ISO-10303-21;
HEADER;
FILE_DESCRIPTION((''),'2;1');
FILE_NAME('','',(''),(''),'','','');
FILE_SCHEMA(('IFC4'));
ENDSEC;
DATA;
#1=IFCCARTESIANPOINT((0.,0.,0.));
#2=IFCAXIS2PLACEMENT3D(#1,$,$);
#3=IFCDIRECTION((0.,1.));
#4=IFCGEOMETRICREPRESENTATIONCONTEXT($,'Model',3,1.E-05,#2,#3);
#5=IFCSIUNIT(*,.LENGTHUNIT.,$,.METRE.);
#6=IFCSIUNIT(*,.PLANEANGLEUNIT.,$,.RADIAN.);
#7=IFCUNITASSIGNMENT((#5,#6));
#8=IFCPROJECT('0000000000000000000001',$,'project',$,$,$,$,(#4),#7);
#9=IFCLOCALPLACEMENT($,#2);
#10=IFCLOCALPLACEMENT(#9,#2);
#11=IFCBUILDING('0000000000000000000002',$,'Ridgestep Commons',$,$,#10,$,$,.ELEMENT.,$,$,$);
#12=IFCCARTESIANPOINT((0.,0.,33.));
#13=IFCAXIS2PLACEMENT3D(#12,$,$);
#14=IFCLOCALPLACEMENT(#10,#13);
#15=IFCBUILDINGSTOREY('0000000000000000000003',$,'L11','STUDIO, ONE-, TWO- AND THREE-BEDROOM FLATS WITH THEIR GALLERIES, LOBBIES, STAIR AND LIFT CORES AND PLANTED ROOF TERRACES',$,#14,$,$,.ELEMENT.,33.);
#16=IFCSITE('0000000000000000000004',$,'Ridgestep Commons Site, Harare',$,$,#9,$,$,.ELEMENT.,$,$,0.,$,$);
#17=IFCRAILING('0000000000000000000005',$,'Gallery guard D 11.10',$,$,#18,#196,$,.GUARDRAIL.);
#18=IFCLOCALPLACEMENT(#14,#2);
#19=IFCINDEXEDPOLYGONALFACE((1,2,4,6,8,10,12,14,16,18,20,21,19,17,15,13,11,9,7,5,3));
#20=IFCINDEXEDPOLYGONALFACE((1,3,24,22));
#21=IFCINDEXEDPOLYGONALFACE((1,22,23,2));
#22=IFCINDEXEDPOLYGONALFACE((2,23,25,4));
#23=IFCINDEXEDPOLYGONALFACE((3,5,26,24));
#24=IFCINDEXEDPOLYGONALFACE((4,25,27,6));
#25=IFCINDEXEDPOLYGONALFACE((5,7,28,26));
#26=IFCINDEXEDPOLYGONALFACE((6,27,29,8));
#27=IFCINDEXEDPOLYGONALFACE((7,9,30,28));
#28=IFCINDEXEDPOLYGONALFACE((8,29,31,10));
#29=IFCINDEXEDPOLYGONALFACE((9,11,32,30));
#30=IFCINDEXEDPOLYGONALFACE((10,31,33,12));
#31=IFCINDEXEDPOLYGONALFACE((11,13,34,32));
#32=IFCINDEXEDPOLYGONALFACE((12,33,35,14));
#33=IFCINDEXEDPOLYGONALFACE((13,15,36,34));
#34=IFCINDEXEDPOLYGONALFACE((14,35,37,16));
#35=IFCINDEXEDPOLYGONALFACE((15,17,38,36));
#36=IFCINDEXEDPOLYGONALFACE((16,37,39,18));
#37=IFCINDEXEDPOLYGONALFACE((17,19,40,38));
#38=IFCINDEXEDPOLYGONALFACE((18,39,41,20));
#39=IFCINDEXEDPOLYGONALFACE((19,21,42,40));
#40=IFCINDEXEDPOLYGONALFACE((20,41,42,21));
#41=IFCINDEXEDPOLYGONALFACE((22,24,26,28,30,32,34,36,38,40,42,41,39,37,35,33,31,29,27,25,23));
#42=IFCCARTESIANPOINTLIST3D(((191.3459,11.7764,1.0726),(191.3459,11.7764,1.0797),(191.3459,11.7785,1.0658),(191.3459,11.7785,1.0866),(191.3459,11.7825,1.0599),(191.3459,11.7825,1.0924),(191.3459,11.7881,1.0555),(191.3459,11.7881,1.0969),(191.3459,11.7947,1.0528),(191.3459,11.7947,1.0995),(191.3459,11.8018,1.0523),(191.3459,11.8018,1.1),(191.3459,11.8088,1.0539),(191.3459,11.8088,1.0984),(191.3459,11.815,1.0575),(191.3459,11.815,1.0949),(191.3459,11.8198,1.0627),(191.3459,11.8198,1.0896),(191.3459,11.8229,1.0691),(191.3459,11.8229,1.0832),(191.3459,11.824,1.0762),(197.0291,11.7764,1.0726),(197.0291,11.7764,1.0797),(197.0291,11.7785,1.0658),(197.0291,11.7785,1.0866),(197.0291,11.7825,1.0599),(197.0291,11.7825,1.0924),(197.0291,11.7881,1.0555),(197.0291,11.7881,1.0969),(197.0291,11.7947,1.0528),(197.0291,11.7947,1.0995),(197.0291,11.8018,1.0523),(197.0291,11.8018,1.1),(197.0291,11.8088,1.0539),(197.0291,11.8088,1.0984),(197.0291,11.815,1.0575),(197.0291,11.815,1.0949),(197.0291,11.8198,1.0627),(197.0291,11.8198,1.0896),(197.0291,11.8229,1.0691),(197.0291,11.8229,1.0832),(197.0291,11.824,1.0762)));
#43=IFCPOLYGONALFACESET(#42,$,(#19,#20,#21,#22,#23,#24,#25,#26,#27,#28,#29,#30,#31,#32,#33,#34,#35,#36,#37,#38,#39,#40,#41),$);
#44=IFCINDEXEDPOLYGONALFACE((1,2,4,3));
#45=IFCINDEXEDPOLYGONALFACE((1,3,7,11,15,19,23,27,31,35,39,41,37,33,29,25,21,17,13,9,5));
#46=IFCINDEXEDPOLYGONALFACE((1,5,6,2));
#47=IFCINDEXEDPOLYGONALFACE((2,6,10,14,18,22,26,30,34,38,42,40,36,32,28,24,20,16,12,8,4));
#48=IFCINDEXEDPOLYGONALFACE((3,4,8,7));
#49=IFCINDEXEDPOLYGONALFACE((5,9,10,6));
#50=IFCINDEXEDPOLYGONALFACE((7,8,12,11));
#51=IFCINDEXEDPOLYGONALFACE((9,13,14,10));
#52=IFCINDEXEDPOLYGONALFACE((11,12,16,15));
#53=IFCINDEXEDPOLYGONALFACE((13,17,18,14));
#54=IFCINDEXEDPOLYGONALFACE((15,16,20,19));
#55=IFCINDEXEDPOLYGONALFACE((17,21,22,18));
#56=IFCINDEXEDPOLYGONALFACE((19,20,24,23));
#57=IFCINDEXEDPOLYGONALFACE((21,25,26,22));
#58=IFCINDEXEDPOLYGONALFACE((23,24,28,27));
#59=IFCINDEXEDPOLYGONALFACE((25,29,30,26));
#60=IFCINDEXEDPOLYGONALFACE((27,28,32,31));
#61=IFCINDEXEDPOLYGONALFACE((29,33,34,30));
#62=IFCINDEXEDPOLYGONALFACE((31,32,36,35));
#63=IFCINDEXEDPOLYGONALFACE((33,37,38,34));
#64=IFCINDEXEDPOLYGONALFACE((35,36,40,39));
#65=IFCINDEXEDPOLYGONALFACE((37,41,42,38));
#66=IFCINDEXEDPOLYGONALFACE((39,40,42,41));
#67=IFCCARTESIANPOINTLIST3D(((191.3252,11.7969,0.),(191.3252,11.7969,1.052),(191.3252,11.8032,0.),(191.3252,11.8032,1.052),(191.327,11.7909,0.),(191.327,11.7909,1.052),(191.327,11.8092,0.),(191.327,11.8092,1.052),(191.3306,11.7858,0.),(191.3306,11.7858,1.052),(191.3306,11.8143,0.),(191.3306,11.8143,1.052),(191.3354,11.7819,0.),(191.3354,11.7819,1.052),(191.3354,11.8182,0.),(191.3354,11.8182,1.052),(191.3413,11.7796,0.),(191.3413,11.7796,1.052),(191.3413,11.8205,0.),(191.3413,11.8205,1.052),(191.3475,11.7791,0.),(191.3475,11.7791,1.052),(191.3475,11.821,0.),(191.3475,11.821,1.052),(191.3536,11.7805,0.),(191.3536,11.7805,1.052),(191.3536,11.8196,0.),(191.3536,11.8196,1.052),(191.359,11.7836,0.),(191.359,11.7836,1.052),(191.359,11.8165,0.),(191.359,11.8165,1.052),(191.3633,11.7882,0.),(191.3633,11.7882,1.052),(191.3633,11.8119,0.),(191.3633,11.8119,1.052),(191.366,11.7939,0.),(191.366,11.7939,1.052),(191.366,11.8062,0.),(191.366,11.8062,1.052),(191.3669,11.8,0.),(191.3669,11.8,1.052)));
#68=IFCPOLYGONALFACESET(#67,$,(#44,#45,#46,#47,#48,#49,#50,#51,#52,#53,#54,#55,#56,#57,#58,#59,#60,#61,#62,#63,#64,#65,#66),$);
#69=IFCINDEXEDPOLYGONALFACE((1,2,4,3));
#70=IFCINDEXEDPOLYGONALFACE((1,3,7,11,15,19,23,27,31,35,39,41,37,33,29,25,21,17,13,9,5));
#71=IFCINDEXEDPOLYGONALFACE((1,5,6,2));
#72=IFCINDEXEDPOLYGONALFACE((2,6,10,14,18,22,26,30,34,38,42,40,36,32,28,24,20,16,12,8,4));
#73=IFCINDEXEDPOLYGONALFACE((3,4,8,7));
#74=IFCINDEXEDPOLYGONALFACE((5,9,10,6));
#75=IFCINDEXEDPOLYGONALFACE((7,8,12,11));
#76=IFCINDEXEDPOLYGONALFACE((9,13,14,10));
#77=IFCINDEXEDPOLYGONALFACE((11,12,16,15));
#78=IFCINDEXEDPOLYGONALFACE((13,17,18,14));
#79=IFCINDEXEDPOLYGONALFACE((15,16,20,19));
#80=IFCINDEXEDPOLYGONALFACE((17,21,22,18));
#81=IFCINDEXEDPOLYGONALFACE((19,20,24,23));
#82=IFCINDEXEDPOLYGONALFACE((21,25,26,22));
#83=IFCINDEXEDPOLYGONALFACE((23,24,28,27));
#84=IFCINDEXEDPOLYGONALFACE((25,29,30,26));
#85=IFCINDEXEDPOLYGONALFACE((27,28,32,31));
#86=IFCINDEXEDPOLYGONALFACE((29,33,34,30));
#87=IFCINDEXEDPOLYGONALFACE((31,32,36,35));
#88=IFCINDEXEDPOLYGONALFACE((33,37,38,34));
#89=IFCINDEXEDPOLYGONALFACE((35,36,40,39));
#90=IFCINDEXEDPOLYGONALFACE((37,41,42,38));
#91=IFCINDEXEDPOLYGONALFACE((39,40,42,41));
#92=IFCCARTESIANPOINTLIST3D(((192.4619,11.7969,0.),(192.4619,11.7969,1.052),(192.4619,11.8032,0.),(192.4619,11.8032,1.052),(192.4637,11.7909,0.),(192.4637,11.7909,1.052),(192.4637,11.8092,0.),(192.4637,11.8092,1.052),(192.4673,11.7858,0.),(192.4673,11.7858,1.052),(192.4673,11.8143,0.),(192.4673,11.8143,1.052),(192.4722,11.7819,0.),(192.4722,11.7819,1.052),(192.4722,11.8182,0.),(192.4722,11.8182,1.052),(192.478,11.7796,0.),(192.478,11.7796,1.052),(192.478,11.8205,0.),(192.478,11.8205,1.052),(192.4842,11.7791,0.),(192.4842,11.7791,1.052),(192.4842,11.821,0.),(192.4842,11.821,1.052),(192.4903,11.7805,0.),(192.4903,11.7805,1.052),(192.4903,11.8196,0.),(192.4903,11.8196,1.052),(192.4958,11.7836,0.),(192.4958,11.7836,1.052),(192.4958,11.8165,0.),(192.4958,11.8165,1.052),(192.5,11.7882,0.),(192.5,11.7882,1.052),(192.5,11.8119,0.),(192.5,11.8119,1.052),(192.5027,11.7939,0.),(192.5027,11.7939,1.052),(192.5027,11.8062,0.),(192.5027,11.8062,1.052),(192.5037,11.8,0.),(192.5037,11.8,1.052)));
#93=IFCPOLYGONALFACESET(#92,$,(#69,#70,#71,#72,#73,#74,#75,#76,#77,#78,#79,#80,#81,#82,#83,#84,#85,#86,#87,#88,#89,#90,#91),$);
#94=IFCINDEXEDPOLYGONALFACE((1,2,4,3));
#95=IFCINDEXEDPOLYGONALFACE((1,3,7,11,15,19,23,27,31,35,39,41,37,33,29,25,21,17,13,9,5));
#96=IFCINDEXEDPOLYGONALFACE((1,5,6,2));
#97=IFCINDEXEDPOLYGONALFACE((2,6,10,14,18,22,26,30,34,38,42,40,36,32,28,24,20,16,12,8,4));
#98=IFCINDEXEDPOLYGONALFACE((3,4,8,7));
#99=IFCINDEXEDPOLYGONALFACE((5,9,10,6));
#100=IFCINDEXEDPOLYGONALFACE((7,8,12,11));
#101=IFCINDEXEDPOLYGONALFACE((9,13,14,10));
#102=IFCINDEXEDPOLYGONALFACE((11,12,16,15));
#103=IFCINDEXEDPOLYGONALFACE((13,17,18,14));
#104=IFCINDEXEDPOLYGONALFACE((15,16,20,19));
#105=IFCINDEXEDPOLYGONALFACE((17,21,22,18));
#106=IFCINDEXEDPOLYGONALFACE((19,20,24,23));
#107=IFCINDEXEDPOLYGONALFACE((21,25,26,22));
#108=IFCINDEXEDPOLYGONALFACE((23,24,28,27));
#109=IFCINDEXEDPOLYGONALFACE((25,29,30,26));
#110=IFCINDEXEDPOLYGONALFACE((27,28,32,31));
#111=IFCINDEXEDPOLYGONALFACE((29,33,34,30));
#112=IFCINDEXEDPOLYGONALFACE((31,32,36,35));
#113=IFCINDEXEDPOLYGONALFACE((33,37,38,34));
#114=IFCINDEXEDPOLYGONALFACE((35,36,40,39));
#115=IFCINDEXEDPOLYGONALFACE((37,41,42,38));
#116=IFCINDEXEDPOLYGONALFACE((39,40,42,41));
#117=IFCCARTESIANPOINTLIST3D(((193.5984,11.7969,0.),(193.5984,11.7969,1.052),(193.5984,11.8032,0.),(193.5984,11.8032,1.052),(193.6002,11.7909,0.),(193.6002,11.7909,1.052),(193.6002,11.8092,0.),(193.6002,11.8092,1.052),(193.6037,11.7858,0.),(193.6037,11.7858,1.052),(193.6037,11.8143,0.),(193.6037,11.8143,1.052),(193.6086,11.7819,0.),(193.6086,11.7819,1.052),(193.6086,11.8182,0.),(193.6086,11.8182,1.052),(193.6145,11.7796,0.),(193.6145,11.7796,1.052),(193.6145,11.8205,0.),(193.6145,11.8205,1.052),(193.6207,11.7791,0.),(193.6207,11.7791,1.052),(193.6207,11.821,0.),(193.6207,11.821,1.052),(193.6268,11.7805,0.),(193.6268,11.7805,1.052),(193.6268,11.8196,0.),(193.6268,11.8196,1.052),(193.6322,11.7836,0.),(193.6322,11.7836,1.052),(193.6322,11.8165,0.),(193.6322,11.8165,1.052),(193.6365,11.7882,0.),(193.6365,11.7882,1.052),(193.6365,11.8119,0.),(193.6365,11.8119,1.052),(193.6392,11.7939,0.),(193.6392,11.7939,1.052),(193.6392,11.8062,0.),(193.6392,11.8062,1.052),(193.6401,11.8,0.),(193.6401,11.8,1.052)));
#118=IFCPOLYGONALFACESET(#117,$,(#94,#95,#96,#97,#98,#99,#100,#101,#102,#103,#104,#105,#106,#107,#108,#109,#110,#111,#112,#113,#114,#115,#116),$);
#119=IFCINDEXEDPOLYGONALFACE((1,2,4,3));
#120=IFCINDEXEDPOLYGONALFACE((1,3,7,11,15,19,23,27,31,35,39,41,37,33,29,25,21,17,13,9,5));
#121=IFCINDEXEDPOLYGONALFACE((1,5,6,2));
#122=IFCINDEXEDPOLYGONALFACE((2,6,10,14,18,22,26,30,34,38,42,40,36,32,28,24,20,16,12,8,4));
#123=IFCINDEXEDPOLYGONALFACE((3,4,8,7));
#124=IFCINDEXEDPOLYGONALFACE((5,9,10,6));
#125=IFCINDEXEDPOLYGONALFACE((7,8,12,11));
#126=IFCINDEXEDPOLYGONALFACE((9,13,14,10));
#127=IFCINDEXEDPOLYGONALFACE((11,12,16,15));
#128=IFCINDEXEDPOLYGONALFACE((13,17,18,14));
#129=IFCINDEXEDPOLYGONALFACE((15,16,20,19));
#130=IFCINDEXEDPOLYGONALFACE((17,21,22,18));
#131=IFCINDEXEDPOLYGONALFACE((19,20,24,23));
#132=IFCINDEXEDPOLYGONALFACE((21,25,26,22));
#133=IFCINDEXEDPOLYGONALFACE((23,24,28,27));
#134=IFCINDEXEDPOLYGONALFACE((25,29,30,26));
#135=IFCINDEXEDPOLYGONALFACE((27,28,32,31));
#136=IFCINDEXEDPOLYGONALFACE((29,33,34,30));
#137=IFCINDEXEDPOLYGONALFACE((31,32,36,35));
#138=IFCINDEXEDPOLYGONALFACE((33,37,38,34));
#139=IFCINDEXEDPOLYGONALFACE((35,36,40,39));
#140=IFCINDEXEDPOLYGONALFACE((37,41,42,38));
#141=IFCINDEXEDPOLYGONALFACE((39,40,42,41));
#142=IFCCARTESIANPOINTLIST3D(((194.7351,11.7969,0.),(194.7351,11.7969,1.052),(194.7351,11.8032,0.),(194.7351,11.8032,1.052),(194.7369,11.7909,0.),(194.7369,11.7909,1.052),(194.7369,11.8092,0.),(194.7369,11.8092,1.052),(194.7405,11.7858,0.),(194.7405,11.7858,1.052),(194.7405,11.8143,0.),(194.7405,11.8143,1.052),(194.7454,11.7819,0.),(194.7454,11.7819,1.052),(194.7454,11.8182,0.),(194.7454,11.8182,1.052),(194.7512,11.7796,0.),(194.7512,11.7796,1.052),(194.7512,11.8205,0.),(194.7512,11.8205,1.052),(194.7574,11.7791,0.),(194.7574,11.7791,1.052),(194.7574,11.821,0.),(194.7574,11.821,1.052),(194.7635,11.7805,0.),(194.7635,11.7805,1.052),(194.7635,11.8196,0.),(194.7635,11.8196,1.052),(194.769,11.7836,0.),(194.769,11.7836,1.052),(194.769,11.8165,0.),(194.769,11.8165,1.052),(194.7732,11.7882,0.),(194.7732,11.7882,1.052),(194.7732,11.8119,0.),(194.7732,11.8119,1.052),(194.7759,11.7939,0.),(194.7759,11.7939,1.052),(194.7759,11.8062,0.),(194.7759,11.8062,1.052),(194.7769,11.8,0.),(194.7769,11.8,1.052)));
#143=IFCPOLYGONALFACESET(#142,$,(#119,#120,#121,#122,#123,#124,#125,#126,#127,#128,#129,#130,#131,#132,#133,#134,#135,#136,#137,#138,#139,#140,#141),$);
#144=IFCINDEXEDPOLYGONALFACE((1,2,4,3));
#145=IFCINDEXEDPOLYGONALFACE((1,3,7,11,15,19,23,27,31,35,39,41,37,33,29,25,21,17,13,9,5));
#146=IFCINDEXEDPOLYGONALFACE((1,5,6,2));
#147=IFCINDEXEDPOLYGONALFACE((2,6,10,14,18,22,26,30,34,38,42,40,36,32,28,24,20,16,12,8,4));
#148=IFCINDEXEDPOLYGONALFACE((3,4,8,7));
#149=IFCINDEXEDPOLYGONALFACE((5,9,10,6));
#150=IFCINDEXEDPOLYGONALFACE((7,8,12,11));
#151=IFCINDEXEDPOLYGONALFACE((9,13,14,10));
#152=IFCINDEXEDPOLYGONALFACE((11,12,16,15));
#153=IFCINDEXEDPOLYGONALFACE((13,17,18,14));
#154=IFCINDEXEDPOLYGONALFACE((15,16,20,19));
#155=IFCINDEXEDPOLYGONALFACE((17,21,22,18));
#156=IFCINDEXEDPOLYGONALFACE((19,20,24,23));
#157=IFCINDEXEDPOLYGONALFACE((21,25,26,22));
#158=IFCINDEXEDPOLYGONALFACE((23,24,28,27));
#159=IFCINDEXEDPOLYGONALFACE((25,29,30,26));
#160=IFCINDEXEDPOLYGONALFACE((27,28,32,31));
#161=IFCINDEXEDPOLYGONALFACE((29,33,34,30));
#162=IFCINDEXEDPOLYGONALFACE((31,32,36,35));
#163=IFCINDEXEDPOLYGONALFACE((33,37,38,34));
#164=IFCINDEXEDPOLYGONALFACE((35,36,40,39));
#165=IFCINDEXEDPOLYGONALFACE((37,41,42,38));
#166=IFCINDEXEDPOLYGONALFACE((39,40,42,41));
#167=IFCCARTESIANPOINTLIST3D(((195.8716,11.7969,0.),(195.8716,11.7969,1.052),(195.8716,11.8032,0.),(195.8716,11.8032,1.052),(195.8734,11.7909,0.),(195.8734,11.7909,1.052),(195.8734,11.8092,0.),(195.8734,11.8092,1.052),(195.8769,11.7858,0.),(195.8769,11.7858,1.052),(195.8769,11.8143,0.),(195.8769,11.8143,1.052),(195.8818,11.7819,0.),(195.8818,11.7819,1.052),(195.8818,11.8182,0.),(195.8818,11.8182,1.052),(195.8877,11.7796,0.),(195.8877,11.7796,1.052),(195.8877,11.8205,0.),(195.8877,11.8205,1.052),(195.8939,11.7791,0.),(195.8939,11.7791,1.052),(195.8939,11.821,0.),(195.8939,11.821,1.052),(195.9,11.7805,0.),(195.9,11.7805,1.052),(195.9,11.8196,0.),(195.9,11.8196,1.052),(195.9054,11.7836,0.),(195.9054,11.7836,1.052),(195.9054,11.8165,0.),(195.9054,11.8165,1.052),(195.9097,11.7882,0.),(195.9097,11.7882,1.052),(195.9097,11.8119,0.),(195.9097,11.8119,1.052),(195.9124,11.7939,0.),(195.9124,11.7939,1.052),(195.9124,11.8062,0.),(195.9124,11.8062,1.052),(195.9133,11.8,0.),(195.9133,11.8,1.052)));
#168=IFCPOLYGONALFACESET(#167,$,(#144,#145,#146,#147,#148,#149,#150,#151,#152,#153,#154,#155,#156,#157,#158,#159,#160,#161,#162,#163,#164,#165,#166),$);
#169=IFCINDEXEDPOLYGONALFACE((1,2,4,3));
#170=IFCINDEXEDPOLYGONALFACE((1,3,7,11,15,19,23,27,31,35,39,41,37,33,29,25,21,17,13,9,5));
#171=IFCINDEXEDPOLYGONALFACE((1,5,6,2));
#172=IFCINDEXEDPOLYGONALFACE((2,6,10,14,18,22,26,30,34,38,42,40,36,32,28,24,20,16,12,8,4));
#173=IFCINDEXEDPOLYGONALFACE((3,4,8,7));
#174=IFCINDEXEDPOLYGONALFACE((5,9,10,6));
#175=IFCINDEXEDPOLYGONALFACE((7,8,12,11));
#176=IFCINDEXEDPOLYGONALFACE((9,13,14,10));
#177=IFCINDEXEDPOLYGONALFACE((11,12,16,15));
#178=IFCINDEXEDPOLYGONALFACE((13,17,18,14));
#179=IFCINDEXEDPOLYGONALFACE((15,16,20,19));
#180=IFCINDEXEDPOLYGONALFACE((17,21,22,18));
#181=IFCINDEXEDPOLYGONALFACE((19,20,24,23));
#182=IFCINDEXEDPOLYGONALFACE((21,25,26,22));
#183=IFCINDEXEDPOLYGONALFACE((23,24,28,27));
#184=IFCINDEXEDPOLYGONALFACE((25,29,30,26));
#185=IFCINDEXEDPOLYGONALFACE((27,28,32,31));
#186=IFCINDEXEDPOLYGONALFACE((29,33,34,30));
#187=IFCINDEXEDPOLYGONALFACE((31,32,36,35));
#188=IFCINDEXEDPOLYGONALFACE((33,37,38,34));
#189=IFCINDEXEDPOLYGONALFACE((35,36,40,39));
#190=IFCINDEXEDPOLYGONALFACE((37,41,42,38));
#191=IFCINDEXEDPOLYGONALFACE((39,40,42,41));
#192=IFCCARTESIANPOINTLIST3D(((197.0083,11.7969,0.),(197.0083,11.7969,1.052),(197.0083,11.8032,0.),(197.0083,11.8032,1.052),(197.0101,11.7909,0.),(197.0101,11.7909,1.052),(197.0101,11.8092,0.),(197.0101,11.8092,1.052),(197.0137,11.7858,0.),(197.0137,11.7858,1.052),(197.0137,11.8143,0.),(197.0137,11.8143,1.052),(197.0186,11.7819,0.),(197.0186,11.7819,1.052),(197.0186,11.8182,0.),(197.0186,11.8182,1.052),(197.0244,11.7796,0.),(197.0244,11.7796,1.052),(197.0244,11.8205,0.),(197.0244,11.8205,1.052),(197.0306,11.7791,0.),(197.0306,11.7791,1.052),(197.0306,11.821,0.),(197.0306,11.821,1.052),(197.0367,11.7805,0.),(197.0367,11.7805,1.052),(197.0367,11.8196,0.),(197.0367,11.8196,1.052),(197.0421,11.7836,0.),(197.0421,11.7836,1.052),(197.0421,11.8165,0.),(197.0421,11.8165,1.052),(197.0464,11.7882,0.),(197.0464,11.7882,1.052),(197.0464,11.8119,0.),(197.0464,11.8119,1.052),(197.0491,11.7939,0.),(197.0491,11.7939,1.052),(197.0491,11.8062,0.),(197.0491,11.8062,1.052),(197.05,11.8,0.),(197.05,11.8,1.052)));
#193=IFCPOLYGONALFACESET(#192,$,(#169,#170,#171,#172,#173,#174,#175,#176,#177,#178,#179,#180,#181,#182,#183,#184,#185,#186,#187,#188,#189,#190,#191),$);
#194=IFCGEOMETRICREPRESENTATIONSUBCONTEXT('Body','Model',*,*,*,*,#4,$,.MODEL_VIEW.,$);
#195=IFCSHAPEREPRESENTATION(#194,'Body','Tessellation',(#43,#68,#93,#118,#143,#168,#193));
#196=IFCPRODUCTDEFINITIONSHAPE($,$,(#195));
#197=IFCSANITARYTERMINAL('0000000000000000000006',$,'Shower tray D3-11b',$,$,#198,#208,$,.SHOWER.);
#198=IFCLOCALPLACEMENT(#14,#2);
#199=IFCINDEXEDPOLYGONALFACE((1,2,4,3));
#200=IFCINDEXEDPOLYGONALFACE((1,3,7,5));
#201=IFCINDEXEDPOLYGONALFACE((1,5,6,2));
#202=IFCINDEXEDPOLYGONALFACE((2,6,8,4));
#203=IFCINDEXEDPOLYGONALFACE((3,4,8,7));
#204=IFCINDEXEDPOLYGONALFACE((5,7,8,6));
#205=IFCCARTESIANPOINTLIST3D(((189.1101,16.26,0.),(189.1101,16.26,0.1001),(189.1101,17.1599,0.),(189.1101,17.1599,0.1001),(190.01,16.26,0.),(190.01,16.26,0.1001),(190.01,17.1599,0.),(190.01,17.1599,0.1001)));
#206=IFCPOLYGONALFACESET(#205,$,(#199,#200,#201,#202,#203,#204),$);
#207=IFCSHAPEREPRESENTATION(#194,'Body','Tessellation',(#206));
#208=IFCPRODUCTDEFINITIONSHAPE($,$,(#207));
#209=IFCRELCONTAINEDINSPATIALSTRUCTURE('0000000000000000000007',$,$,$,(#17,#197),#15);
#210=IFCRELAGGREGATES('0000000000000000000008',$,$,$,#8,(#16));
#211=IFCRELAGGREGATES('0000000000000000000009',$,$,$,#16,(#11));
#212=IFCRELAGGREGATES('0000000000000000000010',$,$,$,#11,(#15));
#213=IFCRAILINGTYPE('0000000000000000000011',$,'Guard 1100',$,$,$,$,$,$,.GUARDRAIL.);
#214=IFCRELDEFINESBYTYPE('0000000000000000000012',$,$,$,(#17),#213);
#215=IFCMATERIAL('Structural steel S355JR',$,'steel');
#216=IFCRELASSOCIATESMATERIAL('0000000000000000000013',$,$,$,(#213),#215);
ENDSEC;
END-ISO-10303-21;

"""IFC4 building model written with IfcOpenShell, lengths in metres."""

from ifc_helpers import new_model, si_unit, direction, frame, origin, origin_2d, place, context, subcontext, project, spatial, rectangle, circle, extrude, material, type_object, element, save


model = new_model("IFC4")

# Units and contexts
model_context = context("Model", 3, precision=1e-05, world=origin(), true_north=direction((0.0, 1.0)))
body_context = subcontext(model_context, "Body", "Model", "MODEL_VIEW")
ifc_project = project(units=[si_unit("LENGTHUNIT", "METRE"), si_unit("PLANEANGLEUNIT", "RADIAN")], contexts=[model_context])

# Site, building, storey
site_placement = place(None, origin())
site = spatial("IfcSite", under=ifc_project, at=site_placement, Name="Ridgestep Commons Site, Harare", CompositionType="ELEMENT", RefElevation=0.0)
building_placement = place(site_placement, origin())
building = spatial("IfcBuilding", under=site, at=building_placement, Name="Ridgestep Commons", CompositionType="ELEMENT")
storey_placement = place(building_placement, frame((0.0, 0.0, 33.0)))
storey = spatial("IfcBuildingStorey", under=building, at=storey_placement, Name="L11", Description="STUDIO, ONE-, TWO- AND THREE-BEDROOM FLATS WITH THEIR GALLERIES, LOBBIES, STAIR AND LIFT CORES AND PLANTED ROOF TERRACES", CompositionType="ELEMENT", Elevation=33.0)

# Railing
ifc_material_1 = material(Name="Structural steel S355JR", Category="steel")
railing_type = type_object("IfcRailingType", Name="Guard 1100", PredefinedType="GUARDRAIL", material=ifc_material_1)
railing_1_placement = place(storey_placement, frame((191.3459, 11.8, 0.0)))
element("IfcRailing", 1, at=railing_1_placement, inside=storey, type_object=railing_type, Name="Gallery guard D 11.10", PredefinedType="GUARDRAIL", context=body_context, shape_type="SweptSolid", body=[
    extrude(circle(Radius=0.0239, at=origin_2d()), frame((0.0, 0.0, 1.0762), z_axis=(1.0, 0.0, 0.0), x_axis=(0.0, 1.0, 0.0)), (0.0, 0.0, 1.0), 5.6831),
    extrude(circle(Radius=0.021, at=origin_2d()), origin(), (0.0, 0.0, 1.0), 1.052),
    extrude(circle(Radius=0.021, at=origin_2d()), frame((1.1367, 0.0, 0.0)), (0.0, 0.0, 1.0), 1.052),
    extrude(circle(Radius=0.021, at=origin_2d()), frame((2.2732, 0.0, 0.0)), (0.0, 0.0, 1.0), 1.052),
    extrude(circle(Radius=0.021, at=origin_2d()), frame((3.4099, 0.0, 0.0)), (0.0, 0.0, 1.0), 1.052),
    extrude(circle(Radius=0.021, at=origin_2d()), frame((4.5464, 0.0, 0.0)), (0.0, 0.0, 1.0), 1.052),
    extrude(circle(Radius=0.021, at=origin_2d()), frame((5.6831, 0.0, 0.0)), (0.0, 0.0, 1.0), 1.052),
])

# Sanitary terminal
sanitary_terminal_1_placement = place(storey_placement, frame((189.5601, 16.71, 0.0), z_axis=(0.0, 0.0, 1.0), x_axis=(1.0, 0.0, 0.0)))
element("IfcSanitaryTerminal", 2, at=sanitary_terminal_1_placement, inside=storey, Name="Shower tray D3-11b", PredefinedType="SHOWER", context=body_context, shape_type="SweptSolid", body=[
    extrude(rectangle(XDim=0.8999, YDim=0.8999, at=origin_2d()), origin(), (0.0, 0.0, 1.0), 0.1001),
])

save(model, "model.ifc")
